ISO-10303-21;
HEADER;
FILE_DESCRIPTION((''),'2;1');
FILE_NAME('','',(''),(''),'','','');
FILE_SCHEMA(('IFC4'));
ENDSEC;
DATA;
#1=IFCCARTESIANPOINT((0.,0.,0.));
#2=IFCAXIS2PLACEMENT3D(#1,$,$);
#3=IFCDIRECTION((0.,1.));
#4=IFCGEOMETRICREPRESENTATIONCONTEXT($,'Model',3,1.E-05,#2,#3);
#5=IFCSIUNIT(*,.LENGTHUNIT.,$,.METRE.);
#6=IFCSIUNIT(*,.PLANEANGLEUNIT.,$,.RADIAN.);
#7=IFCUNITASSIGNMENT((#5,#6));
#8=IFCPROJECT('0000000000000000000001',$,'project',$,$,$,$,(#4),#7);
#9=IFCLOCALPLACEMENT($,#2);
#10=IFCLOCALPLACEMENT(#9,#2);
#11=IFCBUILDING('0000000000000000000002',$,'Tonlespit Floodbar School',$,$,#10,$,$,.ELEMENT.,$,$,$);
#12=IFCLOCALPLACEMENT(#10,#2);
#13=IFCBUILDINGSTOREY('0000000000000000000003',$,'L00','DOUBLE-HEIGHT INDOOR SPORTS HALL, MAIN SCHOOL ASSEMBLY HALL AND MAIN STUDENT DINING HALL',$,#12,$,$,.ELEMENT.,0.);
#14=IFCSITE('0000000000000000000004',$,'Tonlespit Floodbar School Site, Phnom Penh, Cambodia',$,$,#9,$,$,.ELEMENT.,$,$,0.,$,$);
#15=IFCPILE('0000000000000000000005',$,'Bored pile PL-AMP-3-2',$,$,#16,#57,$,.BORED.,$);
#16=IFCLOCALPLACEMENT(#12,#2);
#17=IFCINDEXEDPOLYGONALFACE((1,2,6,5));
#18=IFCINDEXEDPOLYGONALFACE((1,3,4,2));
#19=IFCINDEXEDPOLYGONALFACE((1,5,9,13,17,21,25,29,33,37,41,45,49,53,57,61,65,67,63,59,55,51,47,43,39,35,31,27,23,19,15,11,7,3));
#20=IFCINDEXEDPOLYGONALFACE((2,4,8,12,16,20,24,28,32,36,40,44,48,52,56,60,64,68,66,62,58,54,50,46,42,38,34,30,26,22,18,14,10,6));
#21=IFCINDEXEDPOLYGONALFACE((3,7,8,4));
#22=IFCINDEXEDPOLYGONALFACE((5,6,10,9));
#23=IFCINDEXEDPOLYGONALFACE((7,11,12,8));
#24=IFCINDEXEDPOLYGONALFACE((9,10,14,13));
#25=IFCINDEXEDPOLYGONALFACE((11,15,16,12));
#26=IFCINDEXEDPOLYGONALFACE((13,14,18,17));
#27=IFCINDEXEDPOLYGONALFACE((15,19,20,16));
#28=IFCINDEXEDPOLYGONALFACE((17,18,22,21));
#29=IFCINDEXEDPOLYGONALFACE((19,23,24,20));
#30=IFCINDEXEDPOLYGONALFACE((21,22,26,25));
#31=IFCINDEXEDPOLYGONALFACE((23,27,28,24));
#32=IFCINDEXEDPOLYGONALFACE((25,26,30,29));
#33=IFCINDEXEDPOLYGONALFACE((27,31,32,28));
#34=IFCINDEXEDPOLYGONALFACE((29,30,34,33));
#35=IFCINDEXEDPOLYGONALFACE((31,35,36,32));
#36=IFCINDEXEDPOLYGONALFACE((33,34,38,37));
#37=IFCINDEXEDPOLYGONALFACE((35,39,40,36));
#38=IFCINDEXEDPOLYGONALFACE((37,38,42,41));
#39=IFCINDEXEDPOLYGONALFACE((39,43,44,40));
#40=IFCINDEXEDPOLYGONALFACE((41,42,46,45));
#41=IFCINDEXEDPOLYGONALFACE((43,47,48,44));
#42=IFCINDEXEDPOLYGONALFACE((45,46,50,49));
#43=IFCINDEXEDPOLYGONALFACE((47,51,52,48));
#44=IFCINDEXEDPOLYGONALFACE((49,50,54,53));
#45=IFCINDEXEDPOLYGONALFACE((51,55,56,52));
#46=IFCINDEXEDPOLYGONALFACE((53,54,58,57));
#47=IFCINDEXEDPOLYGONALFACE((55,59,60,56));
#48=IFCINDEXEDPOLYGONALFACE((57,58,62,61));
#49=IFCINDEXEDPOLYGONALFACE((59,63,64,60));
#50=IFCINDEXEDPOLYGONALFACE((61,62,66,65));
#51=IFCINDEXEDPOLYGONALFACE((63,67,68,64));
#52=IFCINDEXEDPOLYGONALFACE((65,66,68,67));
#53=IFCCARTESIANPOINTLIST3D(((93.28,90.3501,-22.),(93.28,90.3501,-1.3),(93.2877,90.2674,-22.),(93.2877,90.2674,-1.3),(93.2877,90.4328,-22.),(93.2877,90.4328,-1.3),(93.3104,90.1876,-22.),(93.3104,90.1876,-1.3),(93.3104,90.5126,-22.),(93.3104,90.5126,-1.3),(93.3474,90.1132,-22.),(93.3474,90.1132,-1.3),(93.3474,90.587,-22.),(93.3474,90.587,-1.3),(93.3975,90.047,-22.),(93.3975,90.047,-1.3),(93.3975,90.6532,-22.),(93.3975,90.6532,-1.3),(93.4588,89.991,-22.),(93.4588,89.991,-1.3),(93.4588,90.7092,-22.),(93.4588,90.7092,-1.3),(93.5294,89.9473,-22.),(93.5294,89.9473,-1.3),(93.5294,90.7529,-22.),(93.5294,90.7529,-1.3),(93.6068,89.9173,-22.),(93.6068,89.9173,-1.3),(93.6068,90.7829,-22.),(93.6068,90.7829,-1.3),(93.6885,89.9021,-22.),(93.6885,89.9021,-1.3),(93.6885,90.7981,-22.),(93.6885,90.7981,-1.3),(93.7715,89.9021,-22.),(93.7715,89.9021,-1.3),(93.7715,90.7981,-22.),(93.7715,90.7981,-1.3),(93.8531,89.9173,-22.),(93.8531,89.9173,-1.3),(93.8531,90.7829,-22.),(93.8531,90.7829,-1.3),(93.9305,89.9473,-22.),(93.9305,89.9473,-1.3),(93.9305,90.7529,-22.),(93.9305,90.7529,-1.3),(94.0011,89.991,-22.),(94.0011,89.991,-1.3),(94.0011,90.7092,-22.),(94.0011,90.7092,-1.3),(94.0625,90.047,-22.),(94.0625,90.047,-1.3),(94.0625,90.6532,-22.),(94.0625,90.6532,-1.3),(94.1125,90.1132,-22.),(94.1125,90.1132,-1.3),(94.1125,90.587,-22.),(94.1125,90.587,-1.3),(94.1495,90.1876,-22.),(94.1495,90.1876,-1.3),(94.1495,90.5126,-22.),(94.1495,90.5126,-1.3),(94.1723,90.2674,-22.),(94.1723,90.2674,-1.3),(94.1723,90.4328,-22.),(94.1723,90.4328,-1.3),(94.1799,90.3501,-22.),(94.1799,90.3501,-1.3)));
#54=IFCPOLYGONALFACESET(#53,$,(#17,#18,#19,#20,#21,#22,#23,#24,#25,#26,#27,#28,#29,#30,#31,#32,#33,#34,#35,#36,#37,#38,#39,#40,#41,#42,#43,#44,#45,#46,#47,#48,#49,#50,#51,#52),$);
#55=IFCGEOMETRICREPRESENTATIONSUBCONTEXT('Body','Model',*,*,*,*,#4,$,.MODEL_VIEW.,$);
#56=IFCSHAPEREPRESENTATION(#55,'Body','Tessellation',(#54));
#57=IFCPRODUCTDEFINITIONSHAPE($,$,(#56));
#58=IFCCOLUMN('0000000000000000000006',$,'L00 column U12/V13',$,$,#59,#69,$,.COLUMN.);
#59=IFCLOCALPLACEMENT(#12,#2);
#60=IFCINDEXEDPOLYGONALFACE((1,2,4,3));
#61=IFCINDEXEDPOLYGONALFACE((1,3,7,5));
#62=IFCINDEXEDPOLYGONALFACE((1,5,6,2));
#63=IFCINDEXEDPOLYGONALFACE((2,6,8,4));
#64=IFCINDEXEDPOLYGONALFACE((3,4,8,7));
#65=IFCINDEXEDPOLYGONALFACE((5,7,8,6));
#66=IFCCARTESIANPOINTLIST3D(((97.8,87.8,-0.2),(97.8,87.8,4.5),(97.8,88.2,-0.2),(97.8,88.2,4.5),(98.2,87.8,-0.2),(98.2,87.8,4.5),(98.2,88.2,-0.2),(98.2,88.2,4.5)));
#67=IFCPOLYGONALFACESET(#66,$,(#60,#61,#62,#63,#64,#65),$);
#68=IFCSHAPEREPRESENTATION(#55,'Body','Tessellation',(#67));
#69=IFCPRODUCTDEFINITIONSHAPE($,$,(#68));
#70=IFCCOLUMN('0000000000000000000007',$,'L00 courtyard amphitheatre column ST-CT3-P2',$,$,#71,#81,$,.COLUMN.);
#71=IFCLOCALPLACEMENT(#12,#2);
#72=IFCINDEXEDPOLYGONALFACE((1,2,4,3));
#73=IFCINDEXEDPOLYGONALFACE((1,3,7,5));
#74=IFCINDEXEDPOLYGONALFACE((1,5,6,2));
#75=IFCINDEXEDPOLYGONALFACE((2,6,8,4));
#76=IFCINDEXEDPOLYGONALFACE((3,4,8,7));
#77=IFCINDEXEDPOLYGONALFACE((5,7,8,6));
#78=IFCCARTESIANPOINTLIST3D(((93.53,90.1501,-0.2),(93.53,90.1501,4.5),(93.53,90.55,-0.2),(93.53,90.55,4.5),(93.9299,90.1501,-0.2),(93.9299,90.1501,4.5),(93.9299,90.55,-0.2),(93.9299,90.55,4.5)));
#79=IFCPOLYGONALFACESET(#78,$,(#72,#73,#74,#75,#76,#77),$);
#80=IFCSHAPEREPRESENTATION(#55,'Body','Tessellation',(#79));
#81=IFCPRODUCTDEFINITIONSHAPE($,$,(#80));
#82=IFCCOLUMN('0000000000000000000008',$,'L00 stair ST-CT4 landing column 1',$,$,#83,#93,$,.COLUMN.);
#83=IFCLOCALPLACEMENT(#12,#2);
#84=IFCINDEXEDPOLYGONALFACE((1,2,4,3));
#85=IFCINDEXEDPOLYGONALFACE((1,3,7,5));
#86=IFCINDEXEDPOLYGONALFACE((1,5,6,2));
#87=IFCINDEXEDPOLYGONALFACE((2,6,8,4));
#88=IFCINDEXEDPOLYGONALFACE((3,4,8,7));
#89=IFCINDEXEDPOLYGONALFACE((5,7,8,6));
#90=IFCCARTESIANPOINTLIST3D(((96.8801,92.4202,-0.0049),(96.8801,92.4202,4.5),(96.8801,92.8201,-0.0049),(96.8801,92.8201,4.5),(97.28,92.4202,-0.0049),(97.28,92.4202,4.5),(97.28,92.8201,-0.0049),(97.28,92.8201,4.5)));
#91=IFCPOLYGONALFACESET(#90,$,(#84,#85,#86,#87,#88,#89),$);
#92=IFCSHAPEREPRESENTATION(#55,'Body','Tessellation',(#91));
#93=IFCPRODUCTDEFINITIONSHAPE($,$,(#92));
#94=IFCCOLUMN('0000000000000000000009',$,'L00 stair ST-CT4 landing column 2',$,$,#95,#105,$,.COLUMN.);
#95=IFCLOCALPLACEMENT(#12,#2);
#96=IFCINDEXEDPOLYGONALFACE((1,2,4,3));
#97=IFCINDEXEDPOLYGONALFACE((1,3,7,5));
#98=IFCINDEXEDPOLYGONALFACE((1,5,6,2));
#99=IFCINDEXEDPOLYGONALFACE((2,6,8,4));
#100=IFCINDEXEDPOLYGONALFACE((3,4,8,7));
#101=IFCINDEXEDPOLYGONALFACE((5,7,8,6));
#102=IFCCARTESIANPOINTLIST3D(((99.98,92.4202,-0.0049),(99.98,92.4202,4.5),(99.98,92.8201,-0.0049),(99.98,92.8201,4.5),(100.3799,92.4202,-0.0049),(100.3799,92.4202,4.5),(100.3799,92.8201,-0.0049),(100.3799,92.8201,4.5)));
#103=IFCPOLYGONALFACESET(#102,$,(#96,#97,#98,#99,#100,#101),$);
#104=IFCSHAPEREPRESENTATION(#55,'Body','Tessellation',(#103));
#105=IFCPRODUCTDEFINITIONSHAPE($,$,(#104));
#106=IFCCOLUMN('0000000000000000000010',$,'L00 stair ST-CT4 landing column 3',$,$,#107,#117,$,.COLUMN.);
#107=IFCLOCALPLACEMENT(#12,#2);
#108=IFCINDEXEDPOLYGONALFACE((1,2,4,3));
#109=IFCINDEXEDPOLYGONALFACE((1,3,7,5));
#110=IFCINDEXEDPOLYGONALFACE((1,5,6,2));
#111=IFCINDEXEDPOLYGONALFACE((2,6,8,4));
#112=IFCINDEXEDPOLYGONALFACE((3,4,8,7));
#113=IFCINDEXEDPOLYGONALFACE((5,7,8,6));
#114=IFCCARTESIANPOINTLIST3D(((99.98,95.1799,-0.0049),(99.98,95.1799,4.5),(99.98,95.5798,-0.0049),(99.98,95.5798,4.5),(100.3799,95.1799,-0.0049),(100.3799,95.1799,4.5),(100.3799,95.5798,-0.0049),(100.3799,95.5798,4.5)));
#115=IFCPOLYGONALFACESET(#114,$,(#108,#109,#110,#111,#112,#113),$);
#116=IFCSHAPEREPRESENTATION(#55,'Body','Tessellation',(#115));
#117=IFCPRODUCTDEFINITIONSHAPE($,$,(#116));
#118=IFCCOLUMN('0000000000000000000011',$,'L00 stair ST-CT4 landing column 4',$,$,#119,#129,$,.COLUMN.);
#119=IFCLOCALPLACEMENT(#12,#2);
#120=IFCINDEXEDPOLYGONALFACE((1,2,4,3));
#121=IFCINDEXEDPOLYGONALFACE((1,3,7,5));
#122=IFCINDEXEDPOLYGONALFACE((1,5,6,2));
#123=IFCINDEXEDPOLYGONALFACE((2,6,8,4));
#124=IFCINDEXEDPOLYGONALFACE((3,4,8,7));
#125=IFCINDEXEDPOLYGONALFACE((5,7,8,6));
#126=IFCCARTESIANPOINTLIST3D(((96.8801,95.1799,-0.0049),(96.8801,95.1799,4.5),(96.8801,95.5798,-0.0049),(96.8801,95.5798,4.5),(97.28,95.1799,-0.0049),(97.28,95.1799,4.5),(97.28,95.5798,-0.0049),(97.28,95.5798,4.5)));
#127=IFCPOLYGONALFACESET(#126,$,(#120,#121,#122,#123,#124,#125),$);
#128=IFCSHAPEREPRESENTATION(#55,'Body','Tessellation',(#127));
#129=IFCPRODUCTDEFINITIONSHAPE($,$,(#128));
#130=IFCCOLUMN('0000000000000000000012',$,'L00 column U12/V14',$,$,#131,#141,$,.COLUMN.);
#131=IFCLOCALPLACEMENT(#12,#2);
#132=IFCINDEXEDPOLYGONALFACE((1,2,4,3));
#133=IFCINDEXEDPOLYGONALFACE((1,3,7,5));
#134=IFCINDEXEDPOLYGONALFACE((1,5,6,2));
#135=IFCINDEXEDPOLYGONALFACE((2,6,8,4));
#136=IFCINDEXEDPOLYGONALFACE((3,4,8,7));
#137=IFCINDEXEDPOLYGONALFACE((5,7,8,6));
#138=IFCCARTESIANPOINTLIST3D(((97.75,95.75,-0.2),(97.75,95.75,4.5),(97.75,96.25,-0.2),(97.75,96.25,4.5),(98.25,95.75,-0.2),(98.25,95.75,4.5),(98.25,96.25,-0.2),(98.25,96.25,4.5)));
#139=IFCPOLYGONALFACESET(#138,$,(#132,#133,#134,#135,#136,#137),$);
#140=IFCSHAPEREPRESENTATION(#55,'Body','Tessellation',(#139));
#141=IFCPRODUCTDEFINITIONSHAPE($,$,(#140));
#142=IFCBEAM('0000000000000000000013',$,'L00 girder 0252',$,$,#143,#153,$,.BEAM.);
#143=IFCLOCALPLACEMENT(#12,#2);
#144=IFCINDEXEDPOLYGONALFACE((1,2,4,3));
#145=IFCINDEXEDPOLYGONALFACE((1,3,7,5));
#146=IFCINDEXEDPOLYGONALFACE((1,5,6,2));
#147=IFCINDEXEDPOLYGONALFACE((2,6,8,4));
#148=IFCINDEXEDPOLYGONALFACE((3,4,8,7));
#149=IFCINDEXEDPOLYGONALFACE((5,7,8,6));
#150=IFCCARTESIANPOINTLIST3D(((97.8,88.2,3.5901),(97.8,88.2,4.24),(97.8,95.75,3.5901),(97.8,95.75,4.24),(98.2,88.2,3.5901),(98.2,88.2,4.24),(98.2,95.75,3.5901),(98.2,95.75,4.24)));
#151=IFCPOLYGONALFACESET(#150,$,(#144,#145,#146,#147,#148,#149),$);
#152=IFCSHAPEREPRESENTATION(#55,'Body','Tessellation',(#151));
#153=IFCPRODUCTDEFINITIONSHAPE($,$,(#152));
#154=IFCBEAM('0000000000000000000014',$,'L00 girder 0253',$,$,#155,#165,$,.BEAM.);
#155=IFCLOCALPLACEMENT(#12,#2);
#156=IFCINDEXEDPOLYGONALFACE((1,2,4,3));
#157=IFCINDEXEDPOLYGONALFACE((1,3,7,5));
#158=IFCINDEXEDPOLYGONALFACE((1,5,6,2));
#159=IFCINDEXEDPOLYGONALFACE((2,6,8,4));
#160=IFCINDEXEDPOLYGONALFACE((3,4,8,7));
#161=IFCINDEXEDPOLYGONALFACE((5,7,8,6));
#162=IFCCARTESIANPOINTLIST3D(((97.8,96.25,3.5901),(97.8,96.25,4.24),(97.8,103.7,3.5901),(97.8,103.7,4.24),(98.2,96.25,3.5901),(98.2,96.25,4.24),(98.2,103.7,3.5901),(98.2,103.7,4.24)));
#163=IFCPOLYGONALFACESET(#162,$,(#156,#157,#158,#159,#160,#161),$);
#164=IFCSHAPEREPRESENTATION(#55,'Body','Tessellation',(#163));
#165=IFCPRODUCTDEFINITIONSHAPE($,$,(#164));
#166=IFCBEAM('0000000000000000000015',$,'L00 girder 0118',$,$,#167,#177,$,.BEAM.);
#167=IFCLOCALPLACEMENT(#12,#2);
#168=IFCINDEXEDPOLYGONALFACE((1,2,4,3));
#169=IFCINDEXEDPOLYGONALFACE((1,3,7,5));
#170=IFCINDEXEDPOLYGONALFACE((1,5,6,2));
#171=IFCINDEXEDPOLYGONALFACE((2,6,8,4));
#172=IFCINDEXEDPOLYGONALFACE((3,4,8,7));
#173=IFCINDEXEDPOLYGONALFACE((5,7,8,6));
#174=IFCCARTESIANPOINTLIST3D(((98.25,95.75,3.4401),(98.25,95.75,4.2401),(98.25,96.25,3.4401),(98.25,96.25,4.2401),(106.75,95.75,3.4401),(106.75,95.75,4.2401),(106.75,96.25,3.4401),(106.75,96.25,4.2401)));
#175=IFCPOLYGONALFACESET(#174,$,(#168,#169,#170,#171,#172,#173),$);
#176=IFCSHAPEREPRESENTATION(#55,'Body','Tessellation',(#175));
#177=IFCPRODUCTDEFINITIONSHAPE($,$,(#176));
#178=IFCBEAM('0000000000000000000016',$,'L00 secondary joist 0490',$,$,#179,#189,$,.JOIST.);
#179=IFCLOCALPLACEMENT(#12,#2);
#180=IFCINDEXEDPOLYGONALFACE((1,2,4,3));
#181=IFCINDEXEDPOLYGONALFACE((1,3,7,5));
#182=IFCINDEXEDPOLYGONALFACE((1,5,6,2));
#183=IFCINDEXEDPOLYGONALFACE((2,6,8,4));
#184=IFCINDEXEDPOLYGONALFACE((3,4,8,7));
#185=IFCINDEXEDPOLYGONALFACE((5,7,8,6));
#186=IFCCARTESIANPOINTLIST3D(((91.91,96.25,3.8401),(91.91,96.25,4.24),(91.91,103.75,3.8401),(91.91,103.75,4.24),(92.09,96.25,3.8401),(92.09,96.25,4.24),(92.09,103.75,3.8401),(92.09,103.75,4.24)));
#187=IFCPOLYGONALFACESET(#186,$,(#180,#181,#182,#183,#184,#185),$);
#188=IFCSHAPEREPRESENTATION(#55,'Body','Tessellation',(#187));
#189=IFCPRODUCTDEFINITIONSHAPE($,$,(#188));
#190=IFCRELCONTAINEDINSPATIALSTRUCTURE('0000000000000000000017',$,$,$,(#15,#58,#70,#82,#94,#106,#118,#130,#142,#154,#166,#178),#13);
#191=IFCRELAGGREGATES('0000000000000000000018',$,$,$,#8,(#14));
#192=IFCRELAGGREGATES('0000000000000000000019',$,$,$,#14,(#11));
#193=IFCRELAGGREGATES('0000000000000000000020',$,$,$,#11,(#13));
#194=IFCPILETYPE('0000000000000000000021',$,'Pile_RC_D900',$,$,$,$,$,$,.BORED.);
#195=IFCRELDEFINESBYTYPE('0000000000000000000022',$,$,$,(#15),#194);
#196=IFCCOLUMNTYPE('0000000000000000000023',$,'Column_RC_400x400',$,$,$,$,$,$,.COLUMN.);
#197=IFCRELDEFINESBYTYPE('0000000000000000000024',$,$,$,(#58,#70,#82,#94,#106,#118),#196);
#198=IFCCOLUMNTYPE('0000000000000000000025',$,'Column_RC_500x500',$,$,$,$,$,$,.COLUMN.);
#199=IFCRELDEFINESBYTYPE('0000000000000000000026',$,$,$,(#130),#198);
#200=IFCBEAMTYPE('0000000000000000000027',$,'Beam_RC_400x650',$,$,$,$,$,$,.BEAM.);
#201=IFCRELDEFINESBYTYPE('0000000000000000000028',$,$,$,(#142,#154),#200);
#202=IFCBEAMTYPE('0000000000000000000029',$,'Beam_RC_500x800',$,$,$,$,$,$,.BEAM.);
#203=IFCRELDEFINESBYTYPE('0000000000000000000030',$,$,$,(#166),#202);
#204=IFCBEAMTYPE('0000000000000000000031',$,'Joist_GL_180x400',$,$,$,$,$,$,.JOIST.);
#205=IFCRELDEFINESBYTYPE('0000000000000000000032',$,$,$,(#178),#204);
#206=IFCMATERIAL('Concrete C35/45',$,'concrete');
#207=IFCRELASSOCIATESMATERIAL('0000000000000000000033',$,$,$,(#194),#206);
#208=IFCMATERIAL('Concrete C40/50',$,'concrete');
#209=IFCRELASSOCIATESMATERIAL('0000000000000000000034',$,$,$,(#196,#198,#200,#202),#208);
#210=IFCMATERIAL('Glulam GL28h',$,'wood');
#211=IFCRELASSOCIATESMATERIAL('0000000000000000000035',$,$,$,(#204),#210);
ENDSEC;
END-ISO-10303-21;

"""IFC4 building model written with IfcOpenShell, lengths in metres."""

from ifc_helpers import new_model, si_unit, direction, frame, origin, origin_2d, place, context, subcontext, project, spatial, rectangle, circle, extrude, material, material_profile, profile_set, type_object, element, save


model = new_model("IFC4")

# Units and contexts
model_context = context("Model", 3, precision=1e-05, world=origin(), true_north=direction((0.0, 1.0)))
body_context = subcontext(model_context, "Body", "Model", "MODEL_VIEW")
ifc_project = project(units=[si_unit("LENGTHUNIT", "METRE"), si_unit("PLANEANGLEUNIT", "RADIAN")], contexts=[model_context])

# Site, building, storey
site_placement = place(None, origin())
site = spatial("IfcSite", under=ifc_project, at=site_placement, Name="Tonlespit Floodbar School Site, Phnom Penh, Cambodia", CompositionType="ELEMENT", RefElevation=0.0)
building_placement = place(site_placement, origin())
building = spatial("IfcBuilding", under=site, at=building_placement, Name="Tonlespit Floodbar School", CompositionType="ELEMENT")
storey_placement = place(building_placement, origin())
storey = spatial("IfcBuildingStorey", under=building, at=storey_placement, Name="L00", Description="DOUBLE-HEIGHT INDOOR SPORTS HALL, MAIN SCHOOL ASSEMBLY HALL AND MAIN STUDENT DINING HALL", CompositionType="ELEMENT", Elevation=0.0)

# Shared definitions
ifc_material_1 = material(Name="Concrete C40/50", Category="concrete")

# Pile
ifc_material_2 = material(Name="Concrete C35/45", Category="concrete")
ifc_material_profile_1 = material_profile(ifc_material_2, circle(Radius=0.45, at=origin_2d()), Name="BP D900")
ifc_profile_set_1 = profile_set([ifc_material_profile_1], Name="Concrete C35/45")
pile_type_1 = type_object("IfcPileType", Name="Pile_RC_D900", PredefinedType="BORED", material=ifc_profile_set_1)
for number, where, z_axis, x_axis, name in (
    (1, (93.73, 90.3501, -1.3), (0.0, 0.0, -1.0), (1.0, 0.0, 0.0), "Bored pile PL-AMP-3-2"),
):
    element("IfcPile", number, at=place(storey_placement, frame(where, z_axis=z_axis, x_axis=x_axis)), inside=storey, type_object=pile_type_1, Name=name, PredefinedType="BORED", context=body_context, shape_type="SweptSolid", body=[
        extrude(circle(Radius=0.45, at=origin_2d()), origin(), (0.0, 0.0, 1.0), 20.7),
    ])

# Columns
ifc_material_profile_2 = material_profile(ifc_material_1, rectangle(XDim=0.3999, YDim=0.3999, at=origin_2d()), Name="RC 400x400")
ifc_profile_set_2 = profile_set([ifc_material_profile_2], Name="Concrete C40/50")
column_type_1 = type_object("IfcColumnType", Name="Column_RC_400x400", PredefinedType="COLUMN", material=ifc_profile_set_2)
for number, where, z_axis, x_axis, name in (
    (2, (98.0, 88.0, -0.2), (0.0, 0.0, 1.0), (1.0, 0.0, 0.0), "L00 column U12/V13"),
    (3, (93.73, 90.3501, -0.2), (0.0, 0.0, 1.0), (1.0, 0.0, 0.0), "L00 courtyard amphitheatre column ST-CT3-P2"),
):
    element("IfcColumn", number, at=place(storey_placement, frame(where, z_axis=z_axis, x_axis=x_axis)), inside=storey, type_object=column_type_1, Name=name, PredefinedType="COLUMN", context=body_context, shape_type="SweptSolid", body=[
        extrude(rectangle(XDim=0.3999, YDim=0.3999, at=origin_2d()), origin(), (0.0, 0.0, 1.0), 4.7),
    ])
for number, where, z_axis, x_axis, name in (
    (4, (97.0801, 92.6201, -0.0049), (0.0, 0.0, 1.0), (1.0, 0.0, 0.0), "L00 stair ST-CT4 landing column 1"),
    (5, (100.1799, 92.6201, -0.0049), (0.0, 0.0, 1.0), (1.0, 0.0, 0.0), "L00 stair ST-CT4 landing column 2"),
    (6, (100.1799, 95.3799, -0.0049), (0.0, 0.0, 1.0), (1.0, 0.0, 0.0), "L00 stair ST-CT4 landing column 3"),
    (7, (97.0801, 95.3799, -0.0049), (0.0, 0.0, 1.0), (1.0, 0.0, 0.0), "L00 stair ST-CT4 landing column 4"),
):
    element("IfcColumn", number, at=place(storey_placement, frame(where, z_axis=z_axis, x_axis=x_axis)), inside=storey, type_object=column_type_1, Name=name, PredefinedType="COLUMN", context=body_context, shape_type="SweptSolid", body=[
        extrude(rectangle(XDim=0.3999, YDim=0.3999, at=origin_2d()), origin(), (0.0, 0.0, 1.0), 4.5049),
    ])
ifc_material_profile_3 = material_profile(ifc_material_1, rectangle(XDim=0.5, YDim=0.5, at=origin_2d()), Name="RC 500x500")
ifc_profile_set_3 = profile_set([ifc_material_profile_3], Name="Concrete C40/50")
column_type_2 = type_object("IfcColumnType", Name="Column_RC_500x500", PredefinedType="COLUMN", material=ifc_profile_set_3)
column_placement = place(storey_placement, frame((98.0, 96.0, -0.2), z_axis=(0.0, 0.0, 1.0), x_axis=(1.0, 0.0, 0.0)))
element("IfcColumn", 8, at=column_placement, inside=storey, type_object=column_type_2, Name="L00 column U12/V14", PredefinedType="COLUMN", context=body_context, shape_type="SweptSolid", body=[
    extrude(rectangle(XDim=0.5, YDim=0.5, at=origin_2d()), origin(), (0.0, 0.0, 1.0), 4.7),
])

# Beams
ifc_material_profile_4 = material_profile(ifc_material_1, rectangle(XDim=0.3999, YDim=0.6499, at=origin_2d()), Name="RC 400x650")
ifc_profile_set_4 = profile_set([ifc_material_profile_4], Name="Concrete C40/50")
beam_type_1 = type_object("IfcBeamType", Name="Beam_RC_400x650", PredefinedType="BEAM", material=ifc_profile_set_4)
beam_1_placement = place(storey_placement, frame((98.0, 88.2, 3.915), z_axis=(0.0, 1.0, 0.0), x_axis=(-1.0, 0.0, 0.0)))
element("IfcBeam", 9, at=beam_1_placement, inside=storey, type_object=beam_type_1, Name="L00 girder 0252", PredefinedType="BEAM", context=body_context, shape_type="SweptSolid", body=[
    extrude(rectangle(XDim=0.3999, YDim=0.6499, at=origin_2d()), origin(), (0.0, 0.0, 1.0), 7.55),
])
beam_2_placement = place(storey_placement, frame((98.0, 96.25, 3.915), z_axis=(0.0, 1.0, 0.0), x_axis=(-1.0, 0.0, 0.0)))
element("IfcBeam", 10, at=beam_2_placement, inside=storey, type_object=beam_type_1, Name="L00 girder 0253", PredefinedType="BEAM", context=body_context, shape_type="SweptSolid", body=[
    extrude(rectangle(XDim=0.3999, YDim=0.6499, at=origin_2d()), origin(), (0.0, 0.0, 1.0), 7.45),
])
ifc_material_profile_5 = material_profile(ifc_material_1, rectangle(XDim=0.5, YDim=0.8, at=origin_2d()), Name="RC 500x800")
ifc_profile_set_5 = profile_set([ifc_material_profile_5], Name="Concrete C40/50")
beam_type_2 = type_object("IfcBeamType", Name="Beam_RC_500x800", PredefinedType="BEAM", material=ifc_profile_set_5)
beam_3_placement = place(storey_placement, frame((98.25, 96.0, 3.8401), z_axis=(1.0, 0.0, 0.0), x_axis=(0.0, 1.0, 0.0)))
element("IfcBeam", 11, at=beam_3_placement, inside=storey, type_object=beam_type_2, Name="L00 girder 0118", PredefinedType="BEAM", context=body_context, shape_type="SweptSolid", body=[
    extrude(rectangle(XDim=0.5, YDim=0.8, at=origin_2d()), origin(), (0.0, 0.0, 1.0), 8.5),
])
ifc_material_3 = material(Name="Glulam GL28h", Category="wood")
ifc_material_profile_6 = material_profile(ifc_material_3, rectangle(XDim=0.1799, YDim=0.3999, at=origin_2d()), Name="GL 180x400")
ifc_profile_set_6 = profile_set([ifc_material_profile_6], Name="Glulam GL28h")
beam_type_3 = type_object("IfcBeamType", Name="Joist_GL_180x400", PredefinedType="JOIST", material=ifc_profile_set_6)
for number, where, z_axis, x_axis, name in (
    (12, (92.0, 96.25, 4.04), (0.0, 1.0, 0.0), (-1.0, 0.0, 0.0), "L00 secondary joist 0490"),
):
    element("IfcBeam", number, at=place(storey_placement, frame(where, z_axis=z_axis, x_axis=x_axis)), inside=storey, type_object=beam_type_3, Name=name, PredefinedType="JOIST", context=body_context, shape_type="SweptSolid", body=[
        extrude(rectangle(XDim=0.1799, YDim=0.3999, at=origin_2d()), origin(), (0.0, 0.0, 1.0), 7.5),
    ])

save(model, "model.ifc")
